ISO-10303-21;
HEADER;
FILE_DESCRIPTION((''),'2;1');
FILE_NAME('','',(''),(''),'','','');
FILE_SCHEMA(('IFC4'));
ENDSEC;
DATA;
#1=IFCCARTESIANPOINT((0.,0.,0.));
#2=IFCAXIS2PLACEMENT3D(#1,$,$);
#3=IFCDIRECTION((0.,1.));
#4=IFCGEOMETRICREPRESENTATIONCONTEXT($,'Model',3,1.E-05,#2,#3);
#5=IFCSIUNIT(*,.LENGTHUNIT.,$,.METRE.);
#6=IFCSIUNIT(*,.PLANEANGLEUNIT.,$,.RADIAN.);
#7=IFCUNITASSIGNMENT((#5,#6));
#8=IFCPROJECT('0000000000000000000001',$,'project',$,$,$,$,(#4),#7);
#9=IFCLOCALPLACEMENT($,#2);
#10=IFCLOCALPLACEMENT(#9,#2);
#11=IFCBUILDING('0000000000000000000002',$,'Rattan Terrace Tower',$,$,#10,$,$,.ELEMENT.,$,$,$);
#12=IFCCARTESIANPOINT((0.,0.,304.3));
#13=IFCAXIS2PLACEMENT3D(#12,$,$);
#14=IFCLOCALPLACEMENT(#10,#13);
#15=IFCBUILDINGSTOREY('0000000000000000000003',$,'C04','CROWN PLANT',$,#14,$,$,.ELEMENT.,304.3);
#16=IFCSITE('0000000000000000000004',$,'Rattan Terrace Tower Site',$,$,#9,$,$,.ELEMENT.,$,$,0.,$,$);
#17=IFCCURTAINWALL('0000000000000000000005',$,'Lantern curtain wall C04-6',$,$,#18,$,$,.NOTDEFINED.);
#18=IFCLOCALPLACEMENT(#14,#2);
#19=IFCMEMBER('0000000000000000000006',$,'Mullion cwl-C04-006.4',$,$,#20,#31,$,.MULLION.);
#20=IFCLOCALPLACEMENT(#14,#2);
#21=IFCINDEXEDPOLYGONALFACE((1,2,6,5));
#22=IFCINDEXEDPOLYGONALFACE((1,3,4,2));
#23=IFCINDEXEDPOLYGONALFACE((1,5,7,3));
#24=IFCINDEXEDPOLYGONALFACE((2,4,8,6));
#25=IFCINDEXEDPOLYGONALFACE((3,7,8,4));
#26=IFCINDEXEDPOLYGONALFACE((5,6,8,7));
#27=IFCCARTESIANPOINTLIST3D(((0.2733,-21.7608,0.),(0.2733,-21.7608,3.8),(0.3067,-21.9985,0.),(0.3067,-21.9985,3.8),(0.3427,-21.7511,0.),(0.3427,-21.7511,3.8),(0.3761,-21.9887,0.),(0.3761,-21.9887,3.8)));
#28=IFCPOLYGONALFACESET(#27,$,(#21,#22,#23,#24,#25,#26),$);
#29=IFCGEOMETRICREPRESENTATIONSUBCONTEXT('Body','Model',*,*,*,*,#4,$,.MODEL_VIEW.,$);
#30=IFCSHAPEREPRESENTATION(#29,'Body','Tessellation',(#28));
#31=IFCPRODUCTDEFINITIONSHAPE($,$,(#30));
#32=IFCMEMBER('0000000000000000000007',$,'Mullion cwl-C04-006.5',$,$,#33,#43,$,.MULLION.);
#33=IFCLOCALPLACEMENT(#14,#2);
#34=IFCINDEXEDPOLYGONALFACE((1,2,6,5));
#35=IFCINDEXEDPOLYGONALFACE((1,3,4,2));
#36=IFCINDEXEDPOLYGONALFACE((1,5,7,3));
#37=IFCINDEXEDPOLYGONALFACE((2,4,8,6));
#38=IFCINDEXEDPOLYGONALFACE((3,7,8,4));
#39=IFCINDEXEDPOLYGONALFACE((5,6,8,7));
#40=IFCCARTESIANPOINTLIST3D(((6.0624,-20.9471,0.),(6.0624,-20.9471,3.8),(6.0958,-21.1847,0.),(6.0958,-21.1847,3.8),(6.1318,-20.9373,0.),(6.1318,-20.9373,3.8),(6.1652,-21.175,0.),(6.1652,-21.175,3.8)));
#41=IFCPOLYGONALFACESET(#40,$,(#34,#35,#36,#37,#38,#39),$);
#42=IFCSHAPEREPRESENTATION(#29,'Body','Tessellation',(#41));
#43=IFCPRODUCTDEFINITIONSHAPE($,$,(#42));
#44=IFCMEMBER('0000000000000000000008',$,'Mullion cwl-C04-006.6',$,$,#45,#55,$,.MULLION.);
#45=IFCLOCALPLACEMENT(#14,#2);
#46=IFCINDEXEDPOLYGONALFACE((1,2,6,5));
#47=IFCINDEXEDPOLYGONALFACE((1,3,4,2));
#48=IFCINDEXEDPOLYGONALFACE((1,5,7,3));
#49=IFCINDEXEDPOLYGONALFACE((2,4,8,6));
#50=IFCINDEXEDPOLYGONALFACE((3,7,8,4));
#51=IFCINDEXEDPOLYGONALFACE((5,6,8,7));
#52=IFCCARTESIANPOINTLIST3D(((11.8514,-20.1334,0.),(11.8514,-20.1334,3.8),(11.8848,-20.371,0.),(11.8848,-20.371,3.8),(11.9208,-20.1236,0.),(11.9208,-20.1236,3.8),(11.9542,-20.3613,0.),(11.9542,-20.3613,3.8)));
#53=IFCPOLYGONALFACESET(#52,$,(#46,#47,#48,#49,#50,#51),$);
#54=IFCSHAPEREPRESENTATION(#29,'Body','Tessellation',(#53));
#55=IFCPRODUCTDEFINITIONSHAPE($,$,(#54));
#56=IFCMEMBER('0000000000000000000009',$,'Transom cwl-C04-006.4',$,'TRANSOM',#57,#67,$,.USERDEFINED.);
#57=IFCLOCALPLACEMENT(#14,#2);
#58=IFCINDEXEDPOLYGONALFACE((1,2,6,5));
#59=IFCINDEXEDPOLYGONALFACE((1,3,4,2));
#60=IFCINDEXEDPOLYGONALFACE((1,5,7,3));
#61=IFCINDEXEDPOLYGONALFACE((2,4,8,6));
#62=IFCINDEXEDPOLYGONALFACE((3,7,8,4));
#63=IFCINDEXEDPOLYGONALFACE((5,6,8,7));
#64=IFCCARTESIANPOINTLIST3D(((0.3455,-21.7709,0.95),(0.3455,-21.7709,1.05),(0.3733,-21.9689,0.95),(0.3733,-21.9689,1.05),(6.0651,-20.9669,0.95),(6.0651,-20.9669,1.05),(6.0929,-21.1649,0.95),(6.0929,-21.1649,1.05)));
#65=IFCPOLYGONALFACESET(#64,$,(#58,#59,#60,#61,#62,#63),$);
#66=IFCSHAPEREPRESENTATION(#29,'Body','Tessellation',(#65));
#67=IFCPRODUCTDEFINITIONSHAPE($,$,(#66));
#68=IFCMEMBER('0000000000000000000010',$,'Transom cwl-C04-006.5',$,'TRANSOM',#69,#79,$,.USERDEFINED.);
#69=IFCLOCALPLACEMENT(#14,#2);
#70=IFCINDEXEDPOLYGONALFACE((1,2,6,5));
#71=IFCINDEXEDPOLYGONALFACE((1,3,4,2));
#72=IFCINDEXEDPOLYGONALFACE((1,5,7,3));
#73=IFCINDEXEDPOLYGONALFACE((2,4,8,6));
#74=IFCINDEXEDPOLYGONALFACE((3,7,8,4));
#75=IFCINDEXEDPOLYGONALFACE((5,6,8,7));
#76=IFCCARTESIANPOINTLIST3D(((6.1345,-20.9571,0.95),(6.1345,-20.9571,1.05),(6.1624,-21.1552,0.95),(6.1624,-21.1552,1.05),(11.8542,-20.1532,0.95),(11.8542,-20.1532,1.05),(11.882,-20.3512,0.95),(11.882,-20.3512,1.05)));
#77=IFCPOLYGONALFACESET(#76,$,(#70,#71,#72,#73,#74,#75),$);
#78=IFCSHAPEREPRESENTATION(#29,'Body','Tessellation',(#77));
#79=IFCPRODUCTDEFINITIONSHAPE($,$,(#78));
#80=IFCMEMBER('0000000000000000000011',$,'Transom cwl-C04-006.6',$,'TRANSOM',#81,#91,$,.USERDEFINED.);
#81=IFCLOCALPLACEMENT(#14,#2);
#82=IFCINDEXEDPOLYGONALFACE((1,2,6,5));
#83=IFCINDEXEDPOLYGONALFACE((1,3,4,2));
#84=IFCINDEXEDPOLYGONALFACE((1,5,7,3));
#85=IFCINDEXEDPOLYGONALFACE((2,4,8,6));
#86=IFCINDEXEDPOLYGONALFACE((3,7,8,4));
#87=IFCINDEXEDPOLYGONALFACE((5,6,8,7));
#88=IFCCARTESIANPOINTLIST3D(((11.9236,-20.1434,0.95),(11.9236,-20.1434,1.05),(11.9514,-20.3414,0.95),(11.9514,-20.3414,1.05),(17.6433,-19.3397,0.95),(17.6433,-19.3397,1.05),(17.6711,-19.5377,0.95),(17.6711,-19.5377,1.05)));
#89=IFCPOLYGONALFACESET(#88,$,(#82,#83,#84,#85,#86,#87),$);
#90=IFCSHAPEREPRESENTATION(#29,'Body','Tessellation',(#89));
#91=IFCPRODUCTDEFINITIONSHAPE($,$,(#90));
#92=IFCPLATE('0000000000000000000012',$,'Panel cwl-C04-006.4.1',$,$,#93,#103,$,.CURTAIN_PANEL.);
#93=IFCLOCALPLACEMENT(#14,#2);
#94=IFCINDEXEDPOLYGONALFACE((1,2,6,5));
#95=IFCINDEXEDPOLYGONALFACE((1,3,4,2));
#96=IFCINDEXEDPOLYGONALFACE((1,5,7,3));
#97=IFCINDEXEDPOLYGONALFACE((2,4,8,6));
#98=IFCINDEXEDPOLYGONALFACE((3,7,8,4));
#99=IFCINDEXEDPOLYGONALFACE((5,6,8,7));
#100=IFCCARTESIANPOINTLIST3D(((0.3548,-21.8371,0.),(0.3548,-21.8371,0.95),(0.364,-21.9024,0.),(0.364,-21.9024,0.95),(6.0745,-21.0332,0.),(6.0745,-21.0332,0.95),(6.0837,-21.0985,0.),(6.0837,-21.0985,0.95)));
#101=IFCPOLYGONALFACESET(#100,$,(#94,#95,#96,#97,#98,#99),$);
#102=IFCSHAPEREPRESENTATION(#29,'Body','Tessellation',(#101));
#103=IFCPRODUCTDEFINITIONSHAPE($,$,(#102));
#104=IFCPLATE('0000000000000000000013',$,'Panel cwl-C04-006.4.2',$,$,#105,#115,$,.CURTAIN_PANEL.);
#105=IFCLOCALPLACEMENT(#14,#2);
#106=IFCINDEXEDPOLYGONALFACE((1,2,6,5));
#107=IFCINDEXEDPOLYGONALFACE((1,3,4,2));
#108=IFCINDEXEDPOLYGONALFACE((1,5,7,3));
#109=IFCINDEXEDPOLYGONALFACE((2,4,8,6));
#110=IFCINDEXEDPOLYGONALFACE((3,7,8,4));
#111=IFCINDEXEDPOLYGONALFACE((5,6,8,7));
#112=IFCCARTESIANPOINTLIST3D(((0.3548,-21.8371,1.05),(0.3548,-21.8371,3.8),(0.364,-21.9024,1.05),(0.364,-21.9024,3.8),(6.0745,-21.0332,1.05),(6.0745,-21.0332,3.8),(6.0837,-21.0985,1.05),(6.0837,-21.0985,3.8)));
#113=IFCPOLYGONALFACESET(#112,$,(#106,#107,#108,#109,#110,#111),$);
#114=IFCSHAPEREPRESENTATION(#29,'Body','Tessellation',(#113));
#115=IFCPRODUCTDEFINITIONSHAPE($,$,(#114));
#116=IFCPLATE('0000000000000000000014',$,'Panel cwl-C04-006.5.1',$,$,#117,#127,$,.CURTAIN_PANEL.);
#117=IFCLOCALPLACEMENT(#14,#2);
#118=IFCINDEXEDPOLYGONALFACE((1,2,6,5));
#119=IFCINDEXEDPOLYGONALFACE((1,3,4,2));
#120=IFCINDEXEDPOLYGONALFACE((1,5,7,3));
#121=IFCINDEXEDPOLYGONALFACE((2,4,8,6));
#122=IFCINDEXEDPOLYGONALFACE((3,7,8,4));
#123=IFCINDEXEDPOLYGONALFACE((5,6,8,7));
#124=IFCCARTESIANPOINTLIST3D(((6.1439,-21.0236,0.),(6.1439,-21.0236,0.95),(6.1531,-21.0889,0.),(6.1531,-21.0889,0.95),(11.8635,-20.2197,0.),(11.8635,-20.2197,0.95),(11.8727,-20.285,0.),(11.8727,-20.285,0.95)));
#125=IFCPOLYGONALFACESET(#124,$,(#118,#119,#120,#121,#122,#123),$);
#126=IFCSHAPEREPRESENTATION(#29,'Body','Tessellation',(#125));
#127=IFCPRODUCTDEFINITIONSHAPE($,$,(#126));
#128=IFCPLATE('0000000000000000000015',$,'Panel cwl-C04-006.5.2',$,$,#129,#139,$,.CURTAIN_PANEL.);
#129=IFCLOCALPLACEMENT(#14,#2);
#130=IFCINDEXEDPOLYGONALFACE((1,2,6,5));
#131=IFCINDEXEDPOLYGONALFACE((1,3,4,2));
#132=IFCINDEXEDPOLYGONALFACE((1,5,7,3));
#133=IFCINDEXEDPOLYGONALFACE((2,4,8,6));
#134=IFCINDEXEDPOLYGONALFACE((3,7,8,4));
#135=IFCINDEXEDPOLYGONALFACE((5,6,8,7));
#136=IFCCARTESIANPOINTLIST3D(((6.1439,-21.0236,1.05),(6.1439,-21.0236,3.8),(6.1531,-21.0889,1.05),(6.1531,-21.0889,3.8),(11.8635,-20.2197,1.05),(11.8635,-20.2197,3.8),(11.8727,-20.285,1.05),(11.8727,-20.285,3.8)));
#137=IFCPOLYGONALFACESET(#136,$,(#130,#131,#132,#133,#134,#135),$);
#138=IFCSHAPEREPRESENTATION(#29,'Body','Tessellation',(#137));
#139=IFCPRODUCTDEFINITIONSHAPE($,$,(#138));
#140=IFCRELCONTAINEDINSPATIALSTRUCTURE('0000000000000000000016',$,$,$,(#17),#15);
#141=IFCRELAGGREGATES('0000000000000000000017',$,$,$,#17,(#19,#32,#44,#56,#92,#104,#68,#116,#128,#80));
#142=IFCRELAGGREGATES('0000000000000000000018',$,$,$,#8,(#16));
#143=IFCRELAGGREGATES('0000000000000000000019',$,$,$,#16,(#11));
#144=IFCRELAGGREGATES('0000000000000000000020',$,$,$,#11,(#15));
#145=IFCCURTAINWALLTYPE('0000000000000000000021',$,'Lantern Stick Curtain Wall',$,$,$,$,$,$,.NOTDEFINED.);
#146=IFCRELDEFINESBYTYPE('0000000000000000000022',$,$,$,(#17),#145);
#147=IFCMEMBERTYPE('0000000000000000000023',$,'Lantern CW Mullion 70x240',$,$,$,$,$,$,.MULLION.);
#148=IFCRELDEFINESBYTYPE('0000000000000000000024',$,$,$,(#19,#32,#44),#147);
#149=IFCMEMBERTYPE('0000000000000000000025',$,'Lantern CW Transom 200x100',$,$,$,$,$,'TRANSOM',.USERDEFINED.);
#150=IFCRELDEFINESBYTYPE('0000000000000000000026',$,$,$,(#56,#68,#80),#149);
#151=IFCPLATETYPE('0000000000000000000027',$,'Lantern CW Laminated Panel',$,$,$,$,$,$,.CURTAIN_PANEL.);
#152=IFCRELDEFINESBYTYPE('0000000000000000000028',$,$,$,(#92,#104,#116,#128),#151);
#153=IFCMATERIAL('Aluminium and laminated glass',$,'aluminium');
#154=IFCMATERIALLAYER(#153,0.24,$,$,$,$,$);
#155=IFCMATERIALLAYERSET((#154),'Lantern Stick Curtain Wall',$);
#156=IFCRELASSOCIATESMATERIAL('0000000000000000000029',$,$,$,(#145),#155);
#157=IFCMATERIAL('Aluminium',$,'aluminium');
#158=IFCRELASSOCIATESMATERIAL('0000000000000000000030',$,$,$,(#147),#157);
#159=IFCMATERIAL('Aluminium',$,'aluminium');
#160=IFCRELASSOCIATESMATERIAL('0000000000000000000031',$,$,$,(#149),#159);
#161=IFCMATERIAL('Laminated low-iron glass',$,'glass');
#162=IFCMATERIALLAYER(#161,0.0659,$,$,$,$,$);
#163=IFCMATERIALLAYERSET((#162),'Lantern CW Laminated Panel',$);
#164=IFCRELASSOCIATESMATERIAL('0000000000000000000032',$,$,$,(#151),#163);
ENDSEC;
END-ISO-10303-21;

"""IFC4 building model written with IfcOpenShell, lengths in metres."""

from ifc_helpers import new_model, si_unit, direction, frame, origin, origin_2d, place, context, subcontext, project, spatial, rectangle, extrude, material, layer, layer_set, material_profile, profile_set, type_object, element, aggregate, save


model = new_model("IFC4")

# Units and contexts
model_context = context("Model", 3, precision=1e-05, world=origin(), true_north=direction((0.0, 1.0)))
body_context = subcontext(model_context, "Body", "Model", "MODEL_VIEW")
ifc_project = project(units=[si_unit("LENGTHUNIT", "METRE"), si_unit("PLANEANGLEUNIT", "RADIAN")], contexts=[model_context])

# Site, building, storey
site_placement = place(None, origin())
site = spatial("IfcSite", under=ifc_project, at=site_placement, Name="Rattan Terrace Tower Site", CompositionType="ELEMENT", RefElevation=0.0)
building_placement = place(site_placement, origin())
building = spatial("IfcBuilding", under=site, at=building_placement, Name="Rattan Terrace Tower", CompositionType="ELEMENT")
storey_placement = place(building_placement, frame((0.0, 0.0, 304.3)))
storey = spatial("IfcBuildingStorey", under=building, at=storey_placement, Name="C04", Description="CROWN PLANT", CompositionType="ELEMENT", Elevation=304.3)

# Curtain wall, members, plates
ifc_material_1 = material(Name="Aluminium and laminated glass", Category="aluminium")
ifc_layer_1 = layer(ifc_material_1, 0.24)
ifc_layer_set_1 = layer_set([ifc_layer_1], Name="Lantern Stick Curtain Wall")
curtain_wall_type = type_object("IfcCurtainWallType", Name="Lantern Stick Curtain Wall", PredefinedType="NOTDEFINED", material=ifc_layer_set_1)
curtain_wall_placement = place(storey_placement, origin())
curtain_wall = element("IfcCurtainWall", 1, at=curtain_wall_placement, inside=storey, type_object=curtain_wall_type, Name="Lantern curtain wall C04-6", PredefinedType="NOTDEFINED")
ifc_material_2 = material(Name="Aluminium", Category="aluminium")
ifc_material_profile_1 = material_profile(ifc_material_2, rectangle(XDim=0.0701, YDim=0.24, at=origin_2d()), Name="Aluminium 70x240")
ifc_profile_set_1 = profile_set([ifc_material_profile_1], Name="Aluminium")
member_type_1 = type_object("IfcMemberType", Name="Lantern CW Mullion 70x240", PredefinedType="MULLION", material=ifc_profile_set_1)
member_1_placement = place(storey_placement, frame((0.3247, -21.8748, 0.0), z_axis=(0.0, 0.0, 1.0), x_axis=(0.990267, 0.139181, 0.0)))
member_1 = element("IfcMember", 2, at=member_1_placement, type_object=member_type_1, Name="Mullion cwl-C04-006.4", PredefinedType="MULLION", context=body_context, shape_type="SweptSolid", body=[
    extrude(rectangle(XDim=0.0701, YDim=0.24, at=origin_2d()), origin(), (0.0, 0.0, 1.0), 3.8),
])
member_2_placement = place(storey_placement, frame((6.1138, -21.061, 0.0), z_axis=(0.0, 0.0, 1.0), x_axis=(0.990267, 0.139181, 0.0)))
member_2 = element("IfcMember", 3, at=member_2_placement, type_object=member_type_1, Name="Mullion cwl-C04-006.5", PredefinedType="MULLION", context=body_context, shape_type="SweptSolid", body=[
    extrude(rectangle(XDim=0.0701, YDim=0.24, at=origin_2d()), origin(), (0.0, 0.0, 1.0), 3.8),
])
member_3_placement = place(storey_placement, frame((11.9028, -20.2473, 0.0), z_axis=(0.0, 0.0, 1.0), x_axis=(0.990267, 0.139181, 0.0)))
member_3 = element("IfcMember", 4, at=member_3_placement, type_object=member_type_1, Name="Mullion cwl-C04-006.6", PredefinedType="MULLION", context=body_context, shape_type="SweptSolid", body=[
    extrude(rectangle(XDim=0.0701, YDim=0.24, at=origin_2d()), origin(), (0.0, 0.0, 1.0), 3.8),
])
ifc_material_3 = material(Name="Aluminium", Category="aluminium")
ifc_material_profile_2 = material_profile(ifc_material_3, rectangle(XDim=0.2, YDim=0.1001, at=origin_2d()), Name="Aluminium 200x100")
ifc_profile_set_2 = profile_set([ifc_material_profile_2], Name="Aluminium")
member_type_2 = type_object("IfcMemberType", Name="Lantern CW Transom 200x100", ElementType="TRANSOM", PredefinedType="USERDEFINED", material=ifc_profile_set_2)
member_4_placement = place(storey_placement, frame((0.3594, -21.8699, 1.0), z_axis=(0.990266, 0.13919, 0.0), x_axis=(-0.13919, 0.990266, 0.0)))
member_4 = element("IfcMember", 5, at=member_4_placement, type_object=member_type_2, Name="Transom cwl-C04-006.4", ObjectType="TRANSOM", PredefinedType="USERDEFINED", context=body_context, shape_type="SweptSolid", body=[
    extrude(rectangle(XDim=0.2, YDim=0.1001, at=origin_2d()), origin(), (0.0, 0.0, 1.0), 5.7759),
])
member_5_placement = place(storey_placement, frame((6.1484, -21.0562, 1.0), z_axis=(0.990266, 0.13919, 0.0), x_axis=(-0.13919, 0.990266, 0.0)))
member_5 = element("IfcMember", 6, at=member_5_placement, type_object=member_type_2, Name="Transom cwl-C04-006.5", ObjectType="TRANSOM", PredefinedType="USERDEFINED", context=body_context, shape_type="SweptSolid", body=[
    extrude(rectangle(XDim=0.2, YDim=0.1001, at=origin_2d()), origin(), (0.0, 0.0, 1.0), 5.7759),
])
member_6_placement = place(storey_placement, frame((11.9375, -20.2424, 1.0), z_axis=(0.990272, 0.139149, 0.0), x_axis=(-0.139149, 0.990272, 0.0)))
member_6 = element("IfcMember", 7, at=member_6_placement, type_object=member_type_2, Name="Transom cwl-C04-006.6", ObjectType="TRANSOM", PredefinedType="USERDEFINED", context=body_context, shape_type="SweptSolid", body=[
    extrude(rectangle(XDim=0.2, YDim=0.1001, at=origin_2d()), origin(), (0.0, 0.0, 1.0), 5.7759),
])
ifc_material_4 = material(Name="Laminated low-iron glass", Category="glass")
ifc_layer_2 = layer(ifc_material_4, 0.0659)
ifc_layer_set_2 = layer_set([ifc_layer_2], Name="Lantern CW Laminated Panel")
plate_type = type_object("IfcPlateType", Name="Lantern CW Laminated Panel", PredefinedType="CURTAIN_PANEL", material=ifc_layer_set_2)
plate_1_placement = place(storey_placement, frame((3.2192, -21.4678, 0.0), z_axis=(0.0, 0.0, 1.0), x_axis=(0.990267, 0.139181, 0.0)))
plate_1 = element("IfcPlate", 8, at=plate_1_placement, type_object=plate_type, Name="Panel cwl-C04-006.4.1", PredefinedType="CURTAIN_PANEL", context=body_context, shape_type="SweptSolid", body=[
    extrude(rectangle(XDim=5.7759, YDim=0.0659, at=origin_2d()), origin(), (0.0, 0.0, 1.0), 0.95),
])
plate_2_placement = place(storey_placement, frame((3.2192, -21.4678, 1.05), z_axis=(0.0, 0.0, 1.0), x_axis=(0.990267, 0.139181, 0.0)))
plate_2 = element("IfcPlate", 9, at=plate_2_placement, type_object=plate_type, Name="Panel cwl-C04-006.4.2", PredefinedType="CURTAIN_PANEL", context=body_context, shape_type="SweptSolid", body=[
    extrude(rectangle(XDim=5.7759, YDim=0.0659, at=origin_2d()), origin(), (0.0, 0.0, 1.0), 2.75),
])
plate_3_placement = place(storey_placement, frame((9.0083, -20.6543, 0.0), z_axis=(0.0, 0.0, 1.0), x_axis=(0.990267, 0.139181, 0.0)))
plate_3 = element("IfcPlate", 10, at=plate_3_placement, type_object=plate_type, Name="Panel cwl-C04-006.5.1", PredefinedType="CURTAIN_PANEL", context=body_context, shape_type="SweptSolid", body=[
    extrude(rectangle(XDim=5.7759, YDim=0.0659, at=origin_2d()), origin(), (0.0, 0.0, 1.0), 0.95),
])
plate_4_placement = place(storey_placement, frame((9.0083, -20.6543, 1.05), z_axis=(0.0, 0.0, 1.0), x_axis=(0.990267, 0.139181, 0.0)))
plate_4 = element("IfcPlate", 11, at=plate_4_placement, type_object=plate_type, Name="Panel cwl-C04-006.5.2", PredefinedType="CURTAIN_PANEL", context=body_context, shape_type="SweptSolid", body=[
    extrude(rectangle(XDim=5.7759, YDim=0.0659, at=origin_2d()), origin(), (0.0, 0.0, 1.0), 2.75),
])
aggregate(curtain_wall, [member_1, member_2, member_3, member_4, plate_1, plate_2, member_5, plate_3, plate_4, member_6])

save(model, "model.ifc")
